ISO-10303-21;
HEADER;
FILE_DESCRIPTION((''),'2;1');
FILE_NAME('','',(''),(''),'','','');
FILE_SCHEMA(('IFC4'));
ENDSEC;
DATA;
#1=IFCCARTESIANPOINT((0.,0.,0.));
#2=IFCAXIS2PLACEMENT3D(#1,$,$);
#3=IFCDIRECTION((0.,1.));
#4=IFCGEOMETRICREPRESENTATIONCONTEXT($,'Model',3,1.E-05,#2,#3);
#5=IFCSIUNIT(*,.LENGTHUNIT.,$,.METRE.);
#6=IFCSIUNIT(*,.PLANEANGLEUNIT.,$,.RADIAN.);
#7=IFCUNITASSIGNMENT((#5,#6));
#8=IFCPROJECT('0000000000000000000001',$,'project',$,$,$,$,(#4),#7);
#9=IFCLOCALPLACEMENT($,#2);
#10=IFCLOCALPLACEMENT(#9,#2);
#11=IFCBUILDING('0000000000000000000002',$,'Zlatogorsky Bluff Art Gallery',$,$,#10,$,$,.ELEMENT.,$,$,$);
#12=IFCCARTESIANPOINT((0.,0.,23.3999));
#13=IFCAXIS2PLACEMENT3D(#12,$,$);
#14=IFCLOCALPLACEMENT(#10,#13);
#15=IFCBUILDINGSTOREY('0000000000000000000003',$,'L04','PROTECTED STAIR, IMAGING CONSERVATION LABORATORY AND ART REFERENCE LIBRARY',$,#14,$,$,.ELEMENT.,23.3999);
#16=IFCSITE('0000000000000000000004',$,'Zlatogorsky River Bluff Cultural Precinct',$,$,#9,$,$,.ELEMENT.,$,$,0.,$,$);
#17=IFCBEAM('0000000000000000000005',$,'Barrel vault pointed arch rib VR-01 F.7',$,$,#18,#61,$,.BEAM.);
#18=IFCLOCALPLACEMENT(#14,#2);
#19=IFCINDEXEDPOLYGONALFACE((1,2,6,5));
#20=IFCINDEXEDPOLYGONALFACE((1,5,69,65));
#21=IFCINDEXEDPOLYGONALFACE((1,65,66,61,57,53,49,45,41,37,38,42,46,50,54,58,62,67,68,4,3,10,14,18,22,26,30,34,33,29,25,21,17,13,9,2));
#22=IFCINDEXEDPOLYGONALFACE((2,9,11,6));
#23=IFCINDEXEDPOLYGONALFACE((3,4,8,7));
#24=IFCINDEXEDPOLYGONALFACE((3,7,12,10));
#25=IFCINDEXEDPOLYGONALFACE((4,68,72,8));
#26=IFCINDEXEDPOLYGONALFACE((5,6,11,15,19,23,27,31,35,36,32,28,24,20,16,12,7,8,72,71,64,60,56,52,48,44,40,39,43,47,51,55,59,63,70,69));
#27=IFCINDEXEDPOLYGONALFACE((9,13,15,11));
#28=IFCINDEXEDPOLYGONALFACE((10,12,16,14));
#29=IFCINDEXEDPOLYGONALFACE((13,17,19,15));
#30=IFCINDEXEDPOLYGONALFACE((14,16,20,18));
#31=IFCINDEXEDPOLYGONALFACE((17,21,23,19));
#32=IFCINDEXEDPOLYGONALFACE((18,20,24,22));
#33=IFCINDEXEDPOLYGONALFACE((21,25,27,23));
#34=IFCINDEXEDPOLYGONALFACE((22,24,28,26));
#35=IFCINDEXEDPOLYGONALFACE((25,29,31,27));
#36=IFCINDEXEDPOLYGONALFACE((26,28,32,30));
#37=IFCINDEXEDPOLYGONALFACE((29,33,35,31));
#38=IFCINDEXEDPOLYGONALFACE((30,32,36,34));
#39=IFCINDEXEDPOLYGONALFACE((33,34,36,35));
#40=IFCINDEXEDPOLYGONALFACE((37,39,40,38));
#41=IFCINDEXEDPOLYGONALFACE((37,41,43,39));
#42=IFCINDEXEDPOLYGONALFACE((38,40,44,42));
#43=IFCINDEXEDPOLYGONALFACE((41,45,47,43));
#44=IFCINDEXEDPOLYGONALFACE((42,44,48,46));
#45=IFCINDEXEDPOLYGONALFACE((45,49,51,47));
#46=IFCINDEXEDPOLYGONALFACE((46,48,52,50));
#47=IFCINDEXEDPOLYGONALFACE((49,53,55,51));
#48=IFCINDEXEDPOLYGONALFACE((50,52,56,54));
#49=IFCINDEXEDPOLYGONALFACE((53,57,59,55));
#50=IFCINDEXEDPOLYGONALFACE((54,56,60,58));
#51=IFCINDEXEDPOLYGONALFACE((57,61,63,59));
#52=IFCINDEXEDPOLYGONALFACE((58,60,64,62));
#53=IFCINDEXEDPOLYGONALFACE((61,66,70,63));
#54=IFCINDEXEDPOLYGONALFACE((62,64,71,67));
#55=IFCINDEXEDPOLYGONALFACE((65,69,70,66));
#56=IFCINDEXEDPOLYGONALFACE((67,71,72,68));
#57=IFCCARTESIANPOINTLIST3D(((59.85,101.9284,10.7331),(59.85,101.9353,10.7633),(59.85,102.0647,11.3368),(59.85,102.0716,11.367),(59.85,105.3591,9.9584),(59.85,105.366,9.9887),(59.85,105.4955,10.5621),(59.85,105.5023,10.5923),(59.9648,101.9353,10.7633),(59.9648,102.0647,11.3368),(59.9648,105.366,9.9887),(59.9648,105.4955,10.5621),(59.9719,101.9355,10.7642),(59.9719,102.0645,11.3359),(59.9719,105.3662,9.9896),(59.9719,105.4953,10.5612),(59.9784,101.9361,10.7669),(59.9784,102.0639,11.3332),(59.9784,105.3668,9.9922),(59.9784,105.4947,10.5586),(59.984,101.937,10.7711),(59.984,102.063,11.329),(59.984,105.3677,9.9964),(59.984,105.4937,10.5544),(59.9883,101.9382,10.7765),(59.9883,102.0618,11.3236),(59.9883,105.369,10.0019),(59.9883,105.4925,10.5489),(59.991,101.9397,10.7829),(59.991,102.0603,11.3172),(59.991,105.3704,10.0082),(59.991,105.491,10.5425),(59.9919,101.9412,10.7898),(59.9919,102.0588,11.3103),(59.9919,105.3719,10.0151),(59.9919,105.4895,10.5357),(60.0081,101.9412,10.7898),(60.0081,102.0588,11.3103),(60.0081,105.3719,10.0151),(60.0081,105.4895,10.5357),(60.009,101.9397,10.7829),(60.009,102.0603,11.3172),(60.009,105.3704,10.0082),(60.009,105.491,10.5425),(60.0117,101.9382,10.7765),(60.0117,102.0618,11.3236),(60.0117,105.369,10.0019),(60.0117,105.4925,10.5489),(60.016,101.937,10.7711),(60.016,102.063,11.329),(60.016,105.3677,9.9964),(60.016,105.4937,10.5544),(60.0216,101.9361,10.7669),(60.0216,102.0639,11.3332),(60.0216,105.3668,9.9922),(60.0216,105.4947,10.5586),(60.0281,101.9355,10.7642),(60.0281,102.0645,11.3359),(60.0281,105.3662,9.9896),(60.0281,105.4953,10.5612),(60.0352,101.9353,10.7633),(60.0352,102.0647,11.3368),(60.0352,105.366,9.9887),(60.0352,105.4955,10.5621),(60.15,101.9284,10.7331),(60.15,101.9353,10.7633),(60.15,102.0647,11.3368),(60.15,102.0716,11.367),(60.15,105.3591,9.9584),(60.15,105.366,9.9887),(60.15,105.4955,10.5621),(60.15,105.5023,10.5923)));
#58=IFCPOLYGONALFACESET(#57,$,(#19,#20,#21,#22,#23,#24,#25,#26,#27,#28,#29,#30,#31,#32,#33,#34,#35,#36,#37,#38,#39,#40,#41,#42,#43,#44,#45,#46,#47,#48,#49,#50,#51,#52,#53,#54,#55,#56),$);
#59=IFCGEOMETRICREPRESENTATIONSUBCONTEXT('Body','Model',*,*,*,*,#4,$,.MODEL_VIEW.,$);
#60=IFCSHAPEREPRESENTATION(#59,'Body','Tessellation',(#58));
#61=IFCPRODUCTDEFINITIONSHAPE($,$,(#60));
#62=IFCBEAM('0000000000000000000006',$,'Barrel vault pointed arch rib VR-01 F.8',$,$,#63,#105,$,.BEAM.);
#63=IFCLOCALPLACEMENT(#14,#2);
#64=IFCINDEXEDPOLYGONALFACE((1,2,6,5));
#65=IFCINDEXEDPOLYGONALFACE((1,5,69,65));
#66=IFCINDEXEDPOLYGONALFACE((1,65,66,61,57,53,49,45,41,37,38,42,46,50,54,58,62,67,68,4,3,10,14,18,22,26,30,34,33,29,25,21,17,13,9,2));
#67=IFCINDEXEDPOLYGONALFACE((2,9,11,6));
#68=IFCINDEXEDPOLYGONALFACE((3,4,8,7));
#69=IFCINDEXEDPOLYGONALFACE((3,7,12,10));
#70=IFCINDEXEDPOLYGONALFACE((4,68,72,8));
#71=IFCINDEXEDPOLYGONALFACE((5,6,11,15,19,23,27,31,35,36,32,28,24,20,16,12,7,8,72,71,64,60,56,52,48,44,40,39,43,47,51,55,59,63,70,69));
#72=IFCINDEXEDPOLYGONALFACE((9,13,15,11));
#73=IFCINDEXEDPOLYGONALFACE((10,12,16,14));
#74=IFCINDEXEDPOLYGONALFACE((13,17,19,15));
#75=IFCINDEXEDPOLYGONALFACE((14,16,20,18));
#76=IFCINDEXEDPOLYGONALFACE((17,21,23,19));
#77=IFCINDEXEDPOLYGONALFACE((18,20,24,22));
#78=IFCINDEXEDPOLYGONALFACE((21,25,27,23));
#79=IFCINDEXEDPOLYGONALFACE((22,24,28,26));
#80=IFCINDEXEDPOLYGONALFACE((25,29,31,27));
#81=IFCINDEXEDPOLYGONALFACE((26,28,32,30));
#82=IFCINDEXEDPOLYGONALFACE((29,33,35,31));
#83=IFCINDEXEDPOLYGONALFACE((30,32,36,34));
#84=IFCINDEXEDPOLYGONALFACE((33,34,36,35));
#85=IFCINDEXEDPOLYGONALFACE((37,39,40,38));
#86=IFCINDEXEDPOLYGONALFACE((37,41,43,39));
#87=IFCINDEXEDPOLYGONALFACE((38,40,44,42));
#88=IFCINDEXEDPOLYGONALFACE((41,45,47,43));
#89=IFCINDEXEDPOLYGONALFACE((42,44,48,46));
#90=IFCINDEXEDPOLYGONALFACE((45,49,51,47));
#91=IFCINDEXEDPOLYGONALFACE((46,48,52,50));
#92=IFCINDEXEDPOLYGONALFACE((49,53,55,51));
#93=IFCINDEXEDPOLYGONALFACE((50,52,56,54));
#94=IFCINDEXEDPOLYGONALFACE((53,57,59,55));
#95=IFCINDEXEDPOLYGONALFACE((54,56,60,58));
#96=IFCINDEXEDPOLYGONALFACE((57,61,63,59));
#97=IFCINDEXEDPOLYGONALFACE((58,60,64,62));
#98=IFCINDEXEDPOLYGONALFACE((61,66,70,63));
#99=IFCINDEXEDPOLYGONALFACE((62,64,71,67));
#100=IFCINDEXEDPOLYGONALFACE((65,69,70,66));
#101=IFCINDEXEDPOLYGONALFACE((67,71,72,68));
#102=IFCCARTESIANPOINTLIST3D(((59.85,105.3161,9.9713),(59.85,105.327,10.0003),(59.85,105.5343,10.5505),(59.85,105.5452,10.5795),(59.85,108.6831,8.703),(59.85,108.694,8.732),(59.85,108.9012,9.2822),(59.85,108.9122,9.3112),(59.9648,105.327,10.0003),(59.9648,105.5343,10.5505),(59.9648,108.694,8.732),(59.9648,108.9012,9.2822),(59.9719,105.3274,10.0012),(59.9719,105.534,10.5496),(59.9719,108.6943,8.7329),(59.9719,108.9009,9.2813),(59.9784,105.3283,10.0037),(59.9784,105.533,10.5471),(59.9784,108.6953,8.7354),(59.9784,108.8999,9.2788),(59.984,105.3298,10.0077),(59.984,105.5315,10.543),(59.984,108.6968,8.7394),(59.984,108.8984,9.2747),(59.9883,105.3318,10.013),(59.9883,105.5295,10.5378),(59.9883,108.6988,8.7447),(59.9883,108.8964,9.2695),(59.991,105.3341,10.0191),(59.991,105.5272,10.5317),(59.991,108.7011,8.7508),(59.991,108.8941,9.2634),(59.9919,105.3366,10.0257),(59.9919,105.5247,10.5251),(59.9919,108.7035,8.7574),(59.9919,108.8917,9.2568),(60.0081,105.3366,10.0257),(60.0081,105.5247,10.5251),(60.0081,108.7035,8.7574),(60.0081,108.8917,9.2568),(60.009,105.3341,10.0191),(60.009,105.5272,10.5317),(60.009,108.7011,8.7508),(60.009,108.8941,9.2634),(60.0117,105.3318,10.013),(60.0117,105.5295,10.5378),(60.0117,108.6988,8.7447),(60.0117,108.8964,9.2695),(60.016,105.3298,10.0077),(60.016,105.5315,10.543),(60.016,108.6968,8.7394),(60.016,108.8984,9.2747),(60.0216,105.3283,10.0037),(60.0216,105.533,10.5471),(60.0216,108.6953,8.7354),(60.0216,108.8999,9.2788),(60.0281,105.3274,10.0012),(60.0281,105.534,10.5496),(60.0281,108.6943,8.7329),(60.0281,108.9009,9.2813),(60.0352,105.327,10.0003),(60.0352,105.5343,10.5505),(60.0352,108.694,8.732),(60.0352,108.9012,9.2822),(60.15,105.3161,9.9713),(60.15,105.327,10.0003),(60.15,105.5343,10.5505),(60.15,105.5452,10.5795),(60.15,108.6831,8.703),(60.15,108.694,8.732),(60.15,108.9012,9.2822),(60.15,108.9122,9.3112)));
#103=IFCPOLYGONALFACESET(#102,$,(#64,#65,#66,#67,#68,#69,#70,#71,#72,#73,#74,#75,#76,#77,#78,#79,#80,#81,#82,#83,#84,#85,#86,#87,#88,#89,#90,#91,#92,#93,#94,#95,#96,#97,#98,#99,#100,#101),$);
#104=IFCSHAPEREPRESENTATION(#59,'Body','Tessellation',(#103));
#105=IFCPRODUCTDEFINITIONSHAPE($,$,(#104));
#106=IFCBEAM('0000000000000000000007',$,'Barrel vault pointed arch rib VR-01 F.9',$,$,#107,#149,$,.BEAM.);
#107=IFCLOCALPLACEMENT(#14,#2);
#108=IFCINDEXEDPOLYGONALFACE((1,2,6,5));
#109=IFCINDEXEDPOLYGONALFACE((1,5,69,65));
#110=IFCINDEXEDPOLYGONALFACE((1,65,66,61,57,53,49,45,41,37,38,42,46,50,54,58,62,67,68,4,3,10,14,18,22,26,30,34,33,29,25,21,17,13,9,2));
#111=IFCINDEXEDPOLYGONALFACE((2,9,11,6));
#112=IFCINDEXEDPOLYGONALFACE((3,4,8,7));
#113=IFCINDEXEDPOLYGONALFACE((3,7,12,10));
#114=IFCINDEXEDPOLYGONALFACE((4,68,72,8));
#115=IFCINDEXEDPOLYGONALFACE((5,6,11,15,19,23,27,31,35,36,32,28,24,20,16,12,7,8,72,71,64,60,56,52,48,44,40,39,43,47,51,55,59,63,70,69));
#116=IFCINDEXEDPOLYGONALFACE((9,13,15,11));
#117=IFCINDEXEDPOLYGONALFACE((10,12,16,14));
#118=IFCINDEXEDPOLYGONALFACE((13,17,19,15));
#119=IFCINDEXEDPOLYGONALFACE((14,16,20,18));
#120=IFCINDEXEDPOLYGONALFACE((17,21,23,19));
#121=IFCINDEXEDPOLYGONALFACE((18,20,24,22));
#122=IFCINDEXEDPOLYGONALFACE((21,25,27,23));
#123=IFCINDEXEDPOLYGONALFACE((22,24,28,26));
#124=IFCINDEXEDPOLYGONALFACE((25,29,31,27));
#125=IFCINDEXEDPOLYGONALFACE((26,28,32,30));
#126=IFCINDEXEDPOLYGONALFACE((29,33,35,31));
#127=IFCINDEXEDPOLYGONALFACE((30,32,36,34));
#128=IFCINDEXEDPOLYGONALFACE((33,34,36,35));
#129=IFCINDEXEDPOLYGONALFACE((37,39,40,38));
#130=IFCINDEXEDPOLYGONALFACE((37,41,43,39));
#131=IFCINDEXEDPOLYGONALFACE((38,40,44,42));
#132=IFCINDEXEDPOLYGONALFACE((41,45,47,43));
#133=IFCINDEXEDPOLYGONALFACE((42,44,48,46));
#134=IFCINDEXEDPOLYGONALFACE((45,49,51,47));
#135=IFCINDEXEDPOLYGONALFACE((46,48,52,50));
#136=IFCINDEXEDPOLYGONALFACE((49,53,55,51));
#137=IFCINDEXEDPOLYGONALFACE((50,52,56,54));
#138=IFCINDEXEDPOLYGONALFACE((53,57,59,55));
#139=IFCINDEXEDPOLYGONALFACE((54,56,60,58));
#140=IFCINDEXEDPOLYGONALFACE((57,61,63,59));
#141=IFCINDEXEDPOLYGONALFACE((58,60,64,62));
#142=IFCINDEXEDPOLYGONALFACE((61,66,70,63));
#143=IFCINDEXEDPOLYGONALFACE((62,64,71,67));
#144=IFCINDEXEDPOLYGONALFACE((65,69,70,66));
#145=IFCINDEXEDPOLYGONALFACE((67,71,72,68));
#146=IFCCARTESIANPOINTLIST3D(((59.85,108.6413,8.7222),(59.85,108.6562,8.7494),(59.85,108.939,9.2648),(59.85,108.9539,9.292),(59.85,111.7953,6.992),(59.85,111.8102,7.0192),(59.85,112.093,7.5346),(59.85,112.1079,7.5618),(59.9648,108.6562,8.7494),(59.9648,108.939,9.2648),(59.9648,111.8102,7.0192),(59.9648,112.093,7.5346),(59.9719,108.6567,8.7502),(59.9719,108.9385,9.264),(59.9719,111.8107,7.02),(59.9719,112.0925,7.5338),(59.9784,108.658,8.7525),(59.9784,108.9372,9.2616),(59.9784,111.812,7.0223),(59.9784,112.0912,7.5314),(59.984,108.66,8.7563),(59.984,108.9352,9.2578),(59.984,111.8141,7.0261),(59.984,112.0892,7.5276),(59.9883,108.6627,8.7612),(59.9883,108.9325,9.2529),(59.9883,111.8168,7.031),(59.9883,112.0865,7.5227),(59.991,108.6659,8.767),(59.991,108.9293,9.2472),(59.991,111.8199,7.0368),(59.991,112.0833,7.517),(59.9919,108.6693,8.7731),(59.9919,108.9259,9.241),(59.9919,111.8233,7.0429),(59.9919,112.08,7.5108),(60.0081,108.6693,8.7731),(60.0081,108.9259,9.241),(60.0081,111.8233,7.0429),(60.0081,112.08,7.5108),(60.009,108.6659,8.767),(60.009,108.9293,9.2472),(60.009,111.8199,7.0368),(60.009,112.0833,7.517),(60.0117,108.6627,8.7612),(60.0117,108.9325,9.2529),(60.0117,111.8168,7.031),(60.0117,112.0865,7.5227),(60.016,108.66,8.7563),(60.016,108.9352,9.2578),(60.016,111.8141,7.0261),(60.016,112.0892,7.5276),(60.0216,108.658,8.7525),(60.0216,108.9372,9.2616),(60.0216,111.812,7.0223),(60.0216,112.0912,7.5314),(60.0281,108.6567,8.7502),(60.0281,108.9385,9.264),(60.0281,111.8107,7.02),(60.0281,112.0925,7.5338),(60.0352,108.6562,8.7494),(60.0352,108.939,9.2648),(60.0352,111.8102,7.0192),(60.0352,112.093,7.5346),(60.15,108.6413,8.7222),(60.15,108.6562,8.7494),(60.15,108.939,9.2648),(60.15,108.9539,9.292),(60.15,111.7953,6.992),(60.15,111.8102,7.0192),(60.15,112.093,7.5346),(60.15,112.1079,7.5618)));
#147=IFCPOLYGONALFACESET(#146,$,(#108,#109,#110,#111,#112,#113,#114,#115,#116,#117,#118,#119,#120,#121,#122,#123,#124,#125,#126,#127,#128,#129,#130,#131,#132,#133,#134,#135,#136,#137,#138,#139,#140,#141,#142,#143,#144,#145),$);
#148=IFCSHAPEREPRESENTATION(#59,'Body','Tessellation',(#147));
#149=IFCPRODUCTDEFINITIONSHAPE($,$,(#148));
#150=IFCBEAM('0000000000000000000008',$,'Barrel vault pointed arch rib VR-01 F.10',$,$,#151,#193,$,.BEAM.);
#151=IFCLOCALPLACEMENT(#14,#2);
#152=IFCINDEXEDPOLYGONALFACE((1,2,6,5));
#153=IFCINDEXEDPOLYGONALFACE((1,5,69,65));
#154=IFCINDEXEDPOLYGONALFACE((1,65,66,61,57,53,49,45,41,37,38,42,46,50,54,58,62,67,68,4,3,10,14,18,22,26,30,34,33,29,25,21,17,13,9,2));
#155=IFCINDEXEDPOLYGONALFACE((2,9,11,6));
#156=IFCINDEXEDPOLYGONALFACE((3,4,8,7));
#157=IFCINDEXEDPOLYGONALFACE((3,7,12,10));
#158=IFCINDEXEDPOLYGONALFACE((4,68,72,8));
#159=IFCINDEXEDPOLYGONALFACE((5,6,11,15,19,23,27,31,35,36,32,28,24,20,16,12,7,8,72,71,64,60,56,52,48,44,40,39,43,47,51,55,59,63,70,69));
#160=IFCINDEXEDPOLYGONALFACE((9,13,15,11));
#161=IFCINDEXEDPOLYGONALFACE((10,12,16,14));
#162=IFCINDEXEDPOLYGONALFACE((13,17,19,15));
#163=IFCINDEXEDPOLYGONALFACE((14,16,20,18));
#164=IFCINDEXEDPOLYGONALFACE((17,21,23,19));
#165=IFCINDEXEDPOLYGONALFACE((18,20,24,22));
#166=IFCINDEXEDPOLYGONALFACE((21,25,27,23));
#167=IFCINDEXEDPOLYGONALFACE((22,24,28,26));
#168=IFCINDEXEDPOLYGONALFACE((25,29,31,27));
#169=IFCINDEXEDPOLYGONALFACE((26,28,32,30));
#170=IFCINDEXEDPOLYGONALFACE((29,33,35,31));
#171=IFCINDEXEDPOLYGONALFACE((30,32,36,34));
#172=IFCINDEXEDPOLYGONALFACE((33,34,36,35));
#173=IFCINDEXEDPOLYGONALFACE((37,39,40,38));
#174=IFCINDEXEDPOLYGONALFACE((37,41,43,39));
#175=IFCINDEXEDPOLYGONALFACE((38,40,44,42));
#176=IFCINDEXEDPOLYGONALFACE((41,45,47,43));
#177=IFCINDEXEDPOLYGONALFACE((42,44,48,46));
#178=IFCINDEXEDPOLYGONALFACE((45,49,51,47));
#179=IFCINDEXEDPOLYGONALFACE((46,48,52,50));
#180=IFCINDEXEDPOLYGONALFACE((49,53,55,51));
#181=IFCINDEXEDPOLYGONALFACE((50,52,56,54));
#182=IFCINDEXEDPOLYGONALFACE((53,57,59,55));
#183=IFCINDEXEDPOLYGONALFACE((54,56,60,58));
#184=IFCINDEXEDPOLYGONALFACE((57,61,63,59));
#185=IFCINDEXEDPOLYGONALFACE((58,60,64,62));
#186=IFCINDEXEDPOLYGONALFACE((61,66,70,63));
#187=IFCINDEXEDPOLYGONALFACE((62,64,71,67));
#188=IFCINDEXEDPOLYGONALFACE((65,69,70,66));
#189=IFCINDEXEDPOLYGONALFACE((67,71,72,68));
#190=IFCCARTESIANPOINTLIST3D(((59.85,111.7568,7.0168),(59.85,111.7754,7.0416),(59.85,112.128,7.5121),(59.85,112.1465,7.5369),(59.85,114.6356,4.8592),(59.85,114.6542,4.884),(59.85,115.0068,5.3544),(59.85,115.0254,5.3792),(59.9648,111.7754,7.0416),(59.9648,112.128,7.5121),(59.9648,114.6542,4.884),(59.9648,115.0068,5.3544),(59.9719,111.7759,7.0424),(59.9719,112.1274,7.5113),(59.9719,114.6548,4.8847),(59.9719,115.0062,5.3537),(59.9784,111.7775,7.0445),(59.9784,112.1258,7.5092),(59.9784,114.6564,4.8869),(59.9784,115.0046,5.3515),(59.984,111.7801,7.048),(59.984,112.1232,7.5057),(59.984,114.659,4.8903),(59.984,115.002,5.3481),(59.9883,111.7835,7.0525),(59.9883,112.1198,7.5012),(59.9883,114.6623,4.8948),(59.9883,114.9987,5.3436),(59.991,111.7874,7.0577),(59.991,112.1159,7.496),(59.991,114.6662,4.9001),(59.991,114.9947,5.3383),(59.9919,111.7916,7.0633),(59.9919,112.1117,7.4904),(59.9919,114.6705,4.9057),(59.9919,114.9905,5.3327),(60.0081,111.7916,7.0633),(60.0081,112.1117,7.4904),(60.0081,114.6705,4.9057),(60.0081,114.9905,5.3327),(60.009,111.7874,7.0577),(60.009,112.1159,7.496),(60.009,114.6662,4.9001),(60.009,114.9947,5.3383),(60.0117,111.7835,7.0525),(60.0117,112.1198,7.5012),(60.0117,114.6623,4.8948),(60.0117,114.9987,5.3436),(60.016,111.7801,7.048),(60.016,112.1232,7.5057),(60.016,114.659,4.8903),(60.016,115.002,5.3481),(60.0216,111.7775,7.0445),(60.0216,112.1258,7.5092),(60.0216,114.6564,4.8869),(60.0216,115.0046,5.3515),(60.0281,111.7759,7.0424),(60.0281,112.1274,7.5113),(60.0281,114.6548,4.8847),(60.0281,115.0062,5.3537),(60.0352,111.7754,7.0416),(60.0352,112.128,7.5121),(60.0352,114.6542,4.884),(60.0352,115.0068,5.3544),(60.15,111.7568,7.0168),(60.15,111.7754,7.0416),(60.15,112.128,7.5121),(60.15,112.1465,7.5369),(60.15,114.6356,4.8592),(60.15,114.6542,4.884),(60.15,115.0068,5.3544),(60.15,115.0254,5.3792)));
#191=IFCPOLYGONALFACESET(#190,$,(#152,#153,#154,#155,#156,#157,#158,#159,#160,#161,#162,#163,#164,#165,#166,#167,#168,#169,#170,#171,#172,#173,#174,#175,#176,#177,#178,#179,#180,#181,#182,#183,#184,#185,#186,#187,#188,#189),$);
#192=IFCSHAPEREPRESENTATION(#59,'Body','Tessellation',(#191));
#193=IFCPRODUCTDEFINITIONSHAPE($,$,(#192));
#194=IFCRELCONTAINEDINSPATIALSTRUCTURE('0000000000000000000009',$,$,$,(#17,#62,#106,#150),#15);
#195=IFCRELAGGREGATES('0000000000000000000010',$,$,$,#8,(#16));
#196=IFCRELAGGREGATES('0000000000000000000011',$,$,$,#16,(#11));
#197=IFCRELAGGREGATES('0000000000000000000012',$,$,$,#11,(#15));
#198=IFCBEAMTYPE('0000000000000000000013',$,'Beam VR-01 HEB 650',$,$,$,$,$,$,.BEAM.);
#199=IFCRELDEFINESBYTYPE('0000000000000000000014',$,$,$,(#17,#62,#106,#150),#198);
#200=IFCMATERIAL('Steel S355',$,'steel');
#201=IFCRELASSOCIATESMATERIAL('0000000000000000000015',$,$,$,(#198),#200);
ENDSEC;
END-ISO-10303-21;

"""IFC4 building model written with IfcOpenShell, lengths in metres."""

from ifc_helpers import new_model, si_unit, direction, frame, origin, origin_2d, place, context, subcontext, project, spatial, i_section, extrude, material, material_profile, profile_set, type_object, element, save


model = new_model("IFC4")

# Units and contexts
model_context = context("Model", 3, precision=1e-05, world=origin(), true_north=direction((0.0, 1.0)))
body_context = subcontext(model_context, "Body", "Model", "MODEL_VIEW")
ifc_project = project(units=[si_unit("LENGTHUNIT", "METRE"), si_unit("PLANEANGLEUNIT", "RADIAN")], contexts=[model_context])

# Site, building, storey
site_placement = place(None, origin())
site = spatial("IfcSite", under=ifc_project, at=site_placement, Name="Zlatogorsky River Bluff Cultural Precinct", CompositionType="ELEMENT", RefElevation=0.0)
building_placement = place(site_placement, origin())
building = spatial("IfcBuilding", under=site, at=building_placement, Name="Zlatogorsky Bluff Art Gallery", CompositionType="ELEMENT")
storey_placement = place(building_placement, frame((0.0, 0.0, 23.3999)))
storey = spatial("IfcBuildingStorey", under=building, at=storey_placement, Name="L04", Description="PROTECTED STAIR, IMAGING CONSERVATION LABORATORY AND ART REFERENCE LIBRARY", CompositionType="ELEMENT", Elevation=23.3999)

# Beams
ifc_material_1 = material(Name="Steel S355", Category="steel")
ifc_material_profile_1 = material_profile(ifc_material_1, i_section(OverallWidth=0.3, OverallDepth=0.6499, WebThickness=0.0161, FlangeThickness=0.031, FilletRadius=0.0271, at=origin_2d()), Name="HEB 650")
ifc_profile_set_1 = profile_set([ifc_material_profile_1], Name="Steel S355")
beam_type_1 = type_object("IfcBeamType", Name="Beam VR-01 HEB 650", PredefinedType="BEAM", material=ifc_profile_set_1)
for number, where, z_axis, x_axis, name in (
    (1, (60.0, 102.0, 11.05), (0.0, 0.975441, -0.220259), (-1.0, 0.0, 0.0), "Barrel vault pointed arch rib VR-01 F.7"),
):
    element("IfcBeam", number, at=place(storey_placement, frame(where, z_axis=z_axis, x_axis=x_axis)), inside=storey, type_object=beam_type_1, Name=name, PredefinedType="BEAM", context=body_context, shape_type="SweptSolid", body=[
        extrude(i_section(OverallWidth=0.3, OverallDepth=0.6499, WebThickness=0.0161, FlangeThickness=0.031, FilletRadius=0.0271, at=origin_2d()), origin(), (0.0, 0.0, 1.0), 3.5171),
    ])
beam_1_placement = place(storey_placement, frame((60.0, 105.4307, 10.2754), z_axis=(0.0, 0.935807, -0.352514), x_axis=(-1.0, 0.0, 0.0)))
element("IfcBeam", 2, at=beam_1_placement, inside=storey, type_object=beam_type_1, Name="Barrel vault pointed arch rib VR-01 F.8", PredefinedType="BEAM", context=body_context, shape_type="SweptSolid", body=[
    extrude(i_section(OverallWidth=0.3, OverallDepth=0.6499, WebThickness=0.0161, FlangeThickness=0.031, FilletRadius=0.0271, at=origin_2d()), origin(), (0.0, 0.0, 1.0), 3.5979),
])
beam_2_placement = place(storey_placement, frame((60.0, 108.7976, 9.0071), z_axis=(0.0, 0.876744, -0.480957), x_axis=(-1.0, 0.0, 0.0)))
element("IfcBeam", 3, at=beam_2_placement, inside=storey, type_object=beam_type_1, Name="Barrel vault pointed arch rib VR-01 F.9", PredefinedType="BEAM", context=body_context, shape_type="SweptSolid", body=[
    extrude(i_section(OverallWidth=0.3, OverallDepth=0.6499, WebThickness=0.0161, FlangeThickness=0.031, FilletRadius=0.0271, at=origin_2d()), origin(), (0.0, 0.0, 1.0), 3.5974),
])
beam_3_placement = place(storey_placement, frame((60.0, 111.9517, 7.2769), z_axis=(0.0, 0.800195, -0.599739), x_axis=(-1.0, 0.0, 0.0)))
element("IfcBeam", 4, at=beam_3_placement, inside=storey, type_object=beam_type_1, Name="Barrel vault pointed arch rib VR-01 F.10", PredefinedType="BEAM", context=body_context, shape_type="SweptSolid", body=[
    extrude(i_section(OverallWidth=0.3, OverallDepth=0.6499, WebThickness=0.0161, FlangeThickness=0.031, FilletRadius=0.0271, at=origin_2d()), origin(), (0.0, 0.0, 1.0), 3.5977),
])

save(model, "model.ifc")
